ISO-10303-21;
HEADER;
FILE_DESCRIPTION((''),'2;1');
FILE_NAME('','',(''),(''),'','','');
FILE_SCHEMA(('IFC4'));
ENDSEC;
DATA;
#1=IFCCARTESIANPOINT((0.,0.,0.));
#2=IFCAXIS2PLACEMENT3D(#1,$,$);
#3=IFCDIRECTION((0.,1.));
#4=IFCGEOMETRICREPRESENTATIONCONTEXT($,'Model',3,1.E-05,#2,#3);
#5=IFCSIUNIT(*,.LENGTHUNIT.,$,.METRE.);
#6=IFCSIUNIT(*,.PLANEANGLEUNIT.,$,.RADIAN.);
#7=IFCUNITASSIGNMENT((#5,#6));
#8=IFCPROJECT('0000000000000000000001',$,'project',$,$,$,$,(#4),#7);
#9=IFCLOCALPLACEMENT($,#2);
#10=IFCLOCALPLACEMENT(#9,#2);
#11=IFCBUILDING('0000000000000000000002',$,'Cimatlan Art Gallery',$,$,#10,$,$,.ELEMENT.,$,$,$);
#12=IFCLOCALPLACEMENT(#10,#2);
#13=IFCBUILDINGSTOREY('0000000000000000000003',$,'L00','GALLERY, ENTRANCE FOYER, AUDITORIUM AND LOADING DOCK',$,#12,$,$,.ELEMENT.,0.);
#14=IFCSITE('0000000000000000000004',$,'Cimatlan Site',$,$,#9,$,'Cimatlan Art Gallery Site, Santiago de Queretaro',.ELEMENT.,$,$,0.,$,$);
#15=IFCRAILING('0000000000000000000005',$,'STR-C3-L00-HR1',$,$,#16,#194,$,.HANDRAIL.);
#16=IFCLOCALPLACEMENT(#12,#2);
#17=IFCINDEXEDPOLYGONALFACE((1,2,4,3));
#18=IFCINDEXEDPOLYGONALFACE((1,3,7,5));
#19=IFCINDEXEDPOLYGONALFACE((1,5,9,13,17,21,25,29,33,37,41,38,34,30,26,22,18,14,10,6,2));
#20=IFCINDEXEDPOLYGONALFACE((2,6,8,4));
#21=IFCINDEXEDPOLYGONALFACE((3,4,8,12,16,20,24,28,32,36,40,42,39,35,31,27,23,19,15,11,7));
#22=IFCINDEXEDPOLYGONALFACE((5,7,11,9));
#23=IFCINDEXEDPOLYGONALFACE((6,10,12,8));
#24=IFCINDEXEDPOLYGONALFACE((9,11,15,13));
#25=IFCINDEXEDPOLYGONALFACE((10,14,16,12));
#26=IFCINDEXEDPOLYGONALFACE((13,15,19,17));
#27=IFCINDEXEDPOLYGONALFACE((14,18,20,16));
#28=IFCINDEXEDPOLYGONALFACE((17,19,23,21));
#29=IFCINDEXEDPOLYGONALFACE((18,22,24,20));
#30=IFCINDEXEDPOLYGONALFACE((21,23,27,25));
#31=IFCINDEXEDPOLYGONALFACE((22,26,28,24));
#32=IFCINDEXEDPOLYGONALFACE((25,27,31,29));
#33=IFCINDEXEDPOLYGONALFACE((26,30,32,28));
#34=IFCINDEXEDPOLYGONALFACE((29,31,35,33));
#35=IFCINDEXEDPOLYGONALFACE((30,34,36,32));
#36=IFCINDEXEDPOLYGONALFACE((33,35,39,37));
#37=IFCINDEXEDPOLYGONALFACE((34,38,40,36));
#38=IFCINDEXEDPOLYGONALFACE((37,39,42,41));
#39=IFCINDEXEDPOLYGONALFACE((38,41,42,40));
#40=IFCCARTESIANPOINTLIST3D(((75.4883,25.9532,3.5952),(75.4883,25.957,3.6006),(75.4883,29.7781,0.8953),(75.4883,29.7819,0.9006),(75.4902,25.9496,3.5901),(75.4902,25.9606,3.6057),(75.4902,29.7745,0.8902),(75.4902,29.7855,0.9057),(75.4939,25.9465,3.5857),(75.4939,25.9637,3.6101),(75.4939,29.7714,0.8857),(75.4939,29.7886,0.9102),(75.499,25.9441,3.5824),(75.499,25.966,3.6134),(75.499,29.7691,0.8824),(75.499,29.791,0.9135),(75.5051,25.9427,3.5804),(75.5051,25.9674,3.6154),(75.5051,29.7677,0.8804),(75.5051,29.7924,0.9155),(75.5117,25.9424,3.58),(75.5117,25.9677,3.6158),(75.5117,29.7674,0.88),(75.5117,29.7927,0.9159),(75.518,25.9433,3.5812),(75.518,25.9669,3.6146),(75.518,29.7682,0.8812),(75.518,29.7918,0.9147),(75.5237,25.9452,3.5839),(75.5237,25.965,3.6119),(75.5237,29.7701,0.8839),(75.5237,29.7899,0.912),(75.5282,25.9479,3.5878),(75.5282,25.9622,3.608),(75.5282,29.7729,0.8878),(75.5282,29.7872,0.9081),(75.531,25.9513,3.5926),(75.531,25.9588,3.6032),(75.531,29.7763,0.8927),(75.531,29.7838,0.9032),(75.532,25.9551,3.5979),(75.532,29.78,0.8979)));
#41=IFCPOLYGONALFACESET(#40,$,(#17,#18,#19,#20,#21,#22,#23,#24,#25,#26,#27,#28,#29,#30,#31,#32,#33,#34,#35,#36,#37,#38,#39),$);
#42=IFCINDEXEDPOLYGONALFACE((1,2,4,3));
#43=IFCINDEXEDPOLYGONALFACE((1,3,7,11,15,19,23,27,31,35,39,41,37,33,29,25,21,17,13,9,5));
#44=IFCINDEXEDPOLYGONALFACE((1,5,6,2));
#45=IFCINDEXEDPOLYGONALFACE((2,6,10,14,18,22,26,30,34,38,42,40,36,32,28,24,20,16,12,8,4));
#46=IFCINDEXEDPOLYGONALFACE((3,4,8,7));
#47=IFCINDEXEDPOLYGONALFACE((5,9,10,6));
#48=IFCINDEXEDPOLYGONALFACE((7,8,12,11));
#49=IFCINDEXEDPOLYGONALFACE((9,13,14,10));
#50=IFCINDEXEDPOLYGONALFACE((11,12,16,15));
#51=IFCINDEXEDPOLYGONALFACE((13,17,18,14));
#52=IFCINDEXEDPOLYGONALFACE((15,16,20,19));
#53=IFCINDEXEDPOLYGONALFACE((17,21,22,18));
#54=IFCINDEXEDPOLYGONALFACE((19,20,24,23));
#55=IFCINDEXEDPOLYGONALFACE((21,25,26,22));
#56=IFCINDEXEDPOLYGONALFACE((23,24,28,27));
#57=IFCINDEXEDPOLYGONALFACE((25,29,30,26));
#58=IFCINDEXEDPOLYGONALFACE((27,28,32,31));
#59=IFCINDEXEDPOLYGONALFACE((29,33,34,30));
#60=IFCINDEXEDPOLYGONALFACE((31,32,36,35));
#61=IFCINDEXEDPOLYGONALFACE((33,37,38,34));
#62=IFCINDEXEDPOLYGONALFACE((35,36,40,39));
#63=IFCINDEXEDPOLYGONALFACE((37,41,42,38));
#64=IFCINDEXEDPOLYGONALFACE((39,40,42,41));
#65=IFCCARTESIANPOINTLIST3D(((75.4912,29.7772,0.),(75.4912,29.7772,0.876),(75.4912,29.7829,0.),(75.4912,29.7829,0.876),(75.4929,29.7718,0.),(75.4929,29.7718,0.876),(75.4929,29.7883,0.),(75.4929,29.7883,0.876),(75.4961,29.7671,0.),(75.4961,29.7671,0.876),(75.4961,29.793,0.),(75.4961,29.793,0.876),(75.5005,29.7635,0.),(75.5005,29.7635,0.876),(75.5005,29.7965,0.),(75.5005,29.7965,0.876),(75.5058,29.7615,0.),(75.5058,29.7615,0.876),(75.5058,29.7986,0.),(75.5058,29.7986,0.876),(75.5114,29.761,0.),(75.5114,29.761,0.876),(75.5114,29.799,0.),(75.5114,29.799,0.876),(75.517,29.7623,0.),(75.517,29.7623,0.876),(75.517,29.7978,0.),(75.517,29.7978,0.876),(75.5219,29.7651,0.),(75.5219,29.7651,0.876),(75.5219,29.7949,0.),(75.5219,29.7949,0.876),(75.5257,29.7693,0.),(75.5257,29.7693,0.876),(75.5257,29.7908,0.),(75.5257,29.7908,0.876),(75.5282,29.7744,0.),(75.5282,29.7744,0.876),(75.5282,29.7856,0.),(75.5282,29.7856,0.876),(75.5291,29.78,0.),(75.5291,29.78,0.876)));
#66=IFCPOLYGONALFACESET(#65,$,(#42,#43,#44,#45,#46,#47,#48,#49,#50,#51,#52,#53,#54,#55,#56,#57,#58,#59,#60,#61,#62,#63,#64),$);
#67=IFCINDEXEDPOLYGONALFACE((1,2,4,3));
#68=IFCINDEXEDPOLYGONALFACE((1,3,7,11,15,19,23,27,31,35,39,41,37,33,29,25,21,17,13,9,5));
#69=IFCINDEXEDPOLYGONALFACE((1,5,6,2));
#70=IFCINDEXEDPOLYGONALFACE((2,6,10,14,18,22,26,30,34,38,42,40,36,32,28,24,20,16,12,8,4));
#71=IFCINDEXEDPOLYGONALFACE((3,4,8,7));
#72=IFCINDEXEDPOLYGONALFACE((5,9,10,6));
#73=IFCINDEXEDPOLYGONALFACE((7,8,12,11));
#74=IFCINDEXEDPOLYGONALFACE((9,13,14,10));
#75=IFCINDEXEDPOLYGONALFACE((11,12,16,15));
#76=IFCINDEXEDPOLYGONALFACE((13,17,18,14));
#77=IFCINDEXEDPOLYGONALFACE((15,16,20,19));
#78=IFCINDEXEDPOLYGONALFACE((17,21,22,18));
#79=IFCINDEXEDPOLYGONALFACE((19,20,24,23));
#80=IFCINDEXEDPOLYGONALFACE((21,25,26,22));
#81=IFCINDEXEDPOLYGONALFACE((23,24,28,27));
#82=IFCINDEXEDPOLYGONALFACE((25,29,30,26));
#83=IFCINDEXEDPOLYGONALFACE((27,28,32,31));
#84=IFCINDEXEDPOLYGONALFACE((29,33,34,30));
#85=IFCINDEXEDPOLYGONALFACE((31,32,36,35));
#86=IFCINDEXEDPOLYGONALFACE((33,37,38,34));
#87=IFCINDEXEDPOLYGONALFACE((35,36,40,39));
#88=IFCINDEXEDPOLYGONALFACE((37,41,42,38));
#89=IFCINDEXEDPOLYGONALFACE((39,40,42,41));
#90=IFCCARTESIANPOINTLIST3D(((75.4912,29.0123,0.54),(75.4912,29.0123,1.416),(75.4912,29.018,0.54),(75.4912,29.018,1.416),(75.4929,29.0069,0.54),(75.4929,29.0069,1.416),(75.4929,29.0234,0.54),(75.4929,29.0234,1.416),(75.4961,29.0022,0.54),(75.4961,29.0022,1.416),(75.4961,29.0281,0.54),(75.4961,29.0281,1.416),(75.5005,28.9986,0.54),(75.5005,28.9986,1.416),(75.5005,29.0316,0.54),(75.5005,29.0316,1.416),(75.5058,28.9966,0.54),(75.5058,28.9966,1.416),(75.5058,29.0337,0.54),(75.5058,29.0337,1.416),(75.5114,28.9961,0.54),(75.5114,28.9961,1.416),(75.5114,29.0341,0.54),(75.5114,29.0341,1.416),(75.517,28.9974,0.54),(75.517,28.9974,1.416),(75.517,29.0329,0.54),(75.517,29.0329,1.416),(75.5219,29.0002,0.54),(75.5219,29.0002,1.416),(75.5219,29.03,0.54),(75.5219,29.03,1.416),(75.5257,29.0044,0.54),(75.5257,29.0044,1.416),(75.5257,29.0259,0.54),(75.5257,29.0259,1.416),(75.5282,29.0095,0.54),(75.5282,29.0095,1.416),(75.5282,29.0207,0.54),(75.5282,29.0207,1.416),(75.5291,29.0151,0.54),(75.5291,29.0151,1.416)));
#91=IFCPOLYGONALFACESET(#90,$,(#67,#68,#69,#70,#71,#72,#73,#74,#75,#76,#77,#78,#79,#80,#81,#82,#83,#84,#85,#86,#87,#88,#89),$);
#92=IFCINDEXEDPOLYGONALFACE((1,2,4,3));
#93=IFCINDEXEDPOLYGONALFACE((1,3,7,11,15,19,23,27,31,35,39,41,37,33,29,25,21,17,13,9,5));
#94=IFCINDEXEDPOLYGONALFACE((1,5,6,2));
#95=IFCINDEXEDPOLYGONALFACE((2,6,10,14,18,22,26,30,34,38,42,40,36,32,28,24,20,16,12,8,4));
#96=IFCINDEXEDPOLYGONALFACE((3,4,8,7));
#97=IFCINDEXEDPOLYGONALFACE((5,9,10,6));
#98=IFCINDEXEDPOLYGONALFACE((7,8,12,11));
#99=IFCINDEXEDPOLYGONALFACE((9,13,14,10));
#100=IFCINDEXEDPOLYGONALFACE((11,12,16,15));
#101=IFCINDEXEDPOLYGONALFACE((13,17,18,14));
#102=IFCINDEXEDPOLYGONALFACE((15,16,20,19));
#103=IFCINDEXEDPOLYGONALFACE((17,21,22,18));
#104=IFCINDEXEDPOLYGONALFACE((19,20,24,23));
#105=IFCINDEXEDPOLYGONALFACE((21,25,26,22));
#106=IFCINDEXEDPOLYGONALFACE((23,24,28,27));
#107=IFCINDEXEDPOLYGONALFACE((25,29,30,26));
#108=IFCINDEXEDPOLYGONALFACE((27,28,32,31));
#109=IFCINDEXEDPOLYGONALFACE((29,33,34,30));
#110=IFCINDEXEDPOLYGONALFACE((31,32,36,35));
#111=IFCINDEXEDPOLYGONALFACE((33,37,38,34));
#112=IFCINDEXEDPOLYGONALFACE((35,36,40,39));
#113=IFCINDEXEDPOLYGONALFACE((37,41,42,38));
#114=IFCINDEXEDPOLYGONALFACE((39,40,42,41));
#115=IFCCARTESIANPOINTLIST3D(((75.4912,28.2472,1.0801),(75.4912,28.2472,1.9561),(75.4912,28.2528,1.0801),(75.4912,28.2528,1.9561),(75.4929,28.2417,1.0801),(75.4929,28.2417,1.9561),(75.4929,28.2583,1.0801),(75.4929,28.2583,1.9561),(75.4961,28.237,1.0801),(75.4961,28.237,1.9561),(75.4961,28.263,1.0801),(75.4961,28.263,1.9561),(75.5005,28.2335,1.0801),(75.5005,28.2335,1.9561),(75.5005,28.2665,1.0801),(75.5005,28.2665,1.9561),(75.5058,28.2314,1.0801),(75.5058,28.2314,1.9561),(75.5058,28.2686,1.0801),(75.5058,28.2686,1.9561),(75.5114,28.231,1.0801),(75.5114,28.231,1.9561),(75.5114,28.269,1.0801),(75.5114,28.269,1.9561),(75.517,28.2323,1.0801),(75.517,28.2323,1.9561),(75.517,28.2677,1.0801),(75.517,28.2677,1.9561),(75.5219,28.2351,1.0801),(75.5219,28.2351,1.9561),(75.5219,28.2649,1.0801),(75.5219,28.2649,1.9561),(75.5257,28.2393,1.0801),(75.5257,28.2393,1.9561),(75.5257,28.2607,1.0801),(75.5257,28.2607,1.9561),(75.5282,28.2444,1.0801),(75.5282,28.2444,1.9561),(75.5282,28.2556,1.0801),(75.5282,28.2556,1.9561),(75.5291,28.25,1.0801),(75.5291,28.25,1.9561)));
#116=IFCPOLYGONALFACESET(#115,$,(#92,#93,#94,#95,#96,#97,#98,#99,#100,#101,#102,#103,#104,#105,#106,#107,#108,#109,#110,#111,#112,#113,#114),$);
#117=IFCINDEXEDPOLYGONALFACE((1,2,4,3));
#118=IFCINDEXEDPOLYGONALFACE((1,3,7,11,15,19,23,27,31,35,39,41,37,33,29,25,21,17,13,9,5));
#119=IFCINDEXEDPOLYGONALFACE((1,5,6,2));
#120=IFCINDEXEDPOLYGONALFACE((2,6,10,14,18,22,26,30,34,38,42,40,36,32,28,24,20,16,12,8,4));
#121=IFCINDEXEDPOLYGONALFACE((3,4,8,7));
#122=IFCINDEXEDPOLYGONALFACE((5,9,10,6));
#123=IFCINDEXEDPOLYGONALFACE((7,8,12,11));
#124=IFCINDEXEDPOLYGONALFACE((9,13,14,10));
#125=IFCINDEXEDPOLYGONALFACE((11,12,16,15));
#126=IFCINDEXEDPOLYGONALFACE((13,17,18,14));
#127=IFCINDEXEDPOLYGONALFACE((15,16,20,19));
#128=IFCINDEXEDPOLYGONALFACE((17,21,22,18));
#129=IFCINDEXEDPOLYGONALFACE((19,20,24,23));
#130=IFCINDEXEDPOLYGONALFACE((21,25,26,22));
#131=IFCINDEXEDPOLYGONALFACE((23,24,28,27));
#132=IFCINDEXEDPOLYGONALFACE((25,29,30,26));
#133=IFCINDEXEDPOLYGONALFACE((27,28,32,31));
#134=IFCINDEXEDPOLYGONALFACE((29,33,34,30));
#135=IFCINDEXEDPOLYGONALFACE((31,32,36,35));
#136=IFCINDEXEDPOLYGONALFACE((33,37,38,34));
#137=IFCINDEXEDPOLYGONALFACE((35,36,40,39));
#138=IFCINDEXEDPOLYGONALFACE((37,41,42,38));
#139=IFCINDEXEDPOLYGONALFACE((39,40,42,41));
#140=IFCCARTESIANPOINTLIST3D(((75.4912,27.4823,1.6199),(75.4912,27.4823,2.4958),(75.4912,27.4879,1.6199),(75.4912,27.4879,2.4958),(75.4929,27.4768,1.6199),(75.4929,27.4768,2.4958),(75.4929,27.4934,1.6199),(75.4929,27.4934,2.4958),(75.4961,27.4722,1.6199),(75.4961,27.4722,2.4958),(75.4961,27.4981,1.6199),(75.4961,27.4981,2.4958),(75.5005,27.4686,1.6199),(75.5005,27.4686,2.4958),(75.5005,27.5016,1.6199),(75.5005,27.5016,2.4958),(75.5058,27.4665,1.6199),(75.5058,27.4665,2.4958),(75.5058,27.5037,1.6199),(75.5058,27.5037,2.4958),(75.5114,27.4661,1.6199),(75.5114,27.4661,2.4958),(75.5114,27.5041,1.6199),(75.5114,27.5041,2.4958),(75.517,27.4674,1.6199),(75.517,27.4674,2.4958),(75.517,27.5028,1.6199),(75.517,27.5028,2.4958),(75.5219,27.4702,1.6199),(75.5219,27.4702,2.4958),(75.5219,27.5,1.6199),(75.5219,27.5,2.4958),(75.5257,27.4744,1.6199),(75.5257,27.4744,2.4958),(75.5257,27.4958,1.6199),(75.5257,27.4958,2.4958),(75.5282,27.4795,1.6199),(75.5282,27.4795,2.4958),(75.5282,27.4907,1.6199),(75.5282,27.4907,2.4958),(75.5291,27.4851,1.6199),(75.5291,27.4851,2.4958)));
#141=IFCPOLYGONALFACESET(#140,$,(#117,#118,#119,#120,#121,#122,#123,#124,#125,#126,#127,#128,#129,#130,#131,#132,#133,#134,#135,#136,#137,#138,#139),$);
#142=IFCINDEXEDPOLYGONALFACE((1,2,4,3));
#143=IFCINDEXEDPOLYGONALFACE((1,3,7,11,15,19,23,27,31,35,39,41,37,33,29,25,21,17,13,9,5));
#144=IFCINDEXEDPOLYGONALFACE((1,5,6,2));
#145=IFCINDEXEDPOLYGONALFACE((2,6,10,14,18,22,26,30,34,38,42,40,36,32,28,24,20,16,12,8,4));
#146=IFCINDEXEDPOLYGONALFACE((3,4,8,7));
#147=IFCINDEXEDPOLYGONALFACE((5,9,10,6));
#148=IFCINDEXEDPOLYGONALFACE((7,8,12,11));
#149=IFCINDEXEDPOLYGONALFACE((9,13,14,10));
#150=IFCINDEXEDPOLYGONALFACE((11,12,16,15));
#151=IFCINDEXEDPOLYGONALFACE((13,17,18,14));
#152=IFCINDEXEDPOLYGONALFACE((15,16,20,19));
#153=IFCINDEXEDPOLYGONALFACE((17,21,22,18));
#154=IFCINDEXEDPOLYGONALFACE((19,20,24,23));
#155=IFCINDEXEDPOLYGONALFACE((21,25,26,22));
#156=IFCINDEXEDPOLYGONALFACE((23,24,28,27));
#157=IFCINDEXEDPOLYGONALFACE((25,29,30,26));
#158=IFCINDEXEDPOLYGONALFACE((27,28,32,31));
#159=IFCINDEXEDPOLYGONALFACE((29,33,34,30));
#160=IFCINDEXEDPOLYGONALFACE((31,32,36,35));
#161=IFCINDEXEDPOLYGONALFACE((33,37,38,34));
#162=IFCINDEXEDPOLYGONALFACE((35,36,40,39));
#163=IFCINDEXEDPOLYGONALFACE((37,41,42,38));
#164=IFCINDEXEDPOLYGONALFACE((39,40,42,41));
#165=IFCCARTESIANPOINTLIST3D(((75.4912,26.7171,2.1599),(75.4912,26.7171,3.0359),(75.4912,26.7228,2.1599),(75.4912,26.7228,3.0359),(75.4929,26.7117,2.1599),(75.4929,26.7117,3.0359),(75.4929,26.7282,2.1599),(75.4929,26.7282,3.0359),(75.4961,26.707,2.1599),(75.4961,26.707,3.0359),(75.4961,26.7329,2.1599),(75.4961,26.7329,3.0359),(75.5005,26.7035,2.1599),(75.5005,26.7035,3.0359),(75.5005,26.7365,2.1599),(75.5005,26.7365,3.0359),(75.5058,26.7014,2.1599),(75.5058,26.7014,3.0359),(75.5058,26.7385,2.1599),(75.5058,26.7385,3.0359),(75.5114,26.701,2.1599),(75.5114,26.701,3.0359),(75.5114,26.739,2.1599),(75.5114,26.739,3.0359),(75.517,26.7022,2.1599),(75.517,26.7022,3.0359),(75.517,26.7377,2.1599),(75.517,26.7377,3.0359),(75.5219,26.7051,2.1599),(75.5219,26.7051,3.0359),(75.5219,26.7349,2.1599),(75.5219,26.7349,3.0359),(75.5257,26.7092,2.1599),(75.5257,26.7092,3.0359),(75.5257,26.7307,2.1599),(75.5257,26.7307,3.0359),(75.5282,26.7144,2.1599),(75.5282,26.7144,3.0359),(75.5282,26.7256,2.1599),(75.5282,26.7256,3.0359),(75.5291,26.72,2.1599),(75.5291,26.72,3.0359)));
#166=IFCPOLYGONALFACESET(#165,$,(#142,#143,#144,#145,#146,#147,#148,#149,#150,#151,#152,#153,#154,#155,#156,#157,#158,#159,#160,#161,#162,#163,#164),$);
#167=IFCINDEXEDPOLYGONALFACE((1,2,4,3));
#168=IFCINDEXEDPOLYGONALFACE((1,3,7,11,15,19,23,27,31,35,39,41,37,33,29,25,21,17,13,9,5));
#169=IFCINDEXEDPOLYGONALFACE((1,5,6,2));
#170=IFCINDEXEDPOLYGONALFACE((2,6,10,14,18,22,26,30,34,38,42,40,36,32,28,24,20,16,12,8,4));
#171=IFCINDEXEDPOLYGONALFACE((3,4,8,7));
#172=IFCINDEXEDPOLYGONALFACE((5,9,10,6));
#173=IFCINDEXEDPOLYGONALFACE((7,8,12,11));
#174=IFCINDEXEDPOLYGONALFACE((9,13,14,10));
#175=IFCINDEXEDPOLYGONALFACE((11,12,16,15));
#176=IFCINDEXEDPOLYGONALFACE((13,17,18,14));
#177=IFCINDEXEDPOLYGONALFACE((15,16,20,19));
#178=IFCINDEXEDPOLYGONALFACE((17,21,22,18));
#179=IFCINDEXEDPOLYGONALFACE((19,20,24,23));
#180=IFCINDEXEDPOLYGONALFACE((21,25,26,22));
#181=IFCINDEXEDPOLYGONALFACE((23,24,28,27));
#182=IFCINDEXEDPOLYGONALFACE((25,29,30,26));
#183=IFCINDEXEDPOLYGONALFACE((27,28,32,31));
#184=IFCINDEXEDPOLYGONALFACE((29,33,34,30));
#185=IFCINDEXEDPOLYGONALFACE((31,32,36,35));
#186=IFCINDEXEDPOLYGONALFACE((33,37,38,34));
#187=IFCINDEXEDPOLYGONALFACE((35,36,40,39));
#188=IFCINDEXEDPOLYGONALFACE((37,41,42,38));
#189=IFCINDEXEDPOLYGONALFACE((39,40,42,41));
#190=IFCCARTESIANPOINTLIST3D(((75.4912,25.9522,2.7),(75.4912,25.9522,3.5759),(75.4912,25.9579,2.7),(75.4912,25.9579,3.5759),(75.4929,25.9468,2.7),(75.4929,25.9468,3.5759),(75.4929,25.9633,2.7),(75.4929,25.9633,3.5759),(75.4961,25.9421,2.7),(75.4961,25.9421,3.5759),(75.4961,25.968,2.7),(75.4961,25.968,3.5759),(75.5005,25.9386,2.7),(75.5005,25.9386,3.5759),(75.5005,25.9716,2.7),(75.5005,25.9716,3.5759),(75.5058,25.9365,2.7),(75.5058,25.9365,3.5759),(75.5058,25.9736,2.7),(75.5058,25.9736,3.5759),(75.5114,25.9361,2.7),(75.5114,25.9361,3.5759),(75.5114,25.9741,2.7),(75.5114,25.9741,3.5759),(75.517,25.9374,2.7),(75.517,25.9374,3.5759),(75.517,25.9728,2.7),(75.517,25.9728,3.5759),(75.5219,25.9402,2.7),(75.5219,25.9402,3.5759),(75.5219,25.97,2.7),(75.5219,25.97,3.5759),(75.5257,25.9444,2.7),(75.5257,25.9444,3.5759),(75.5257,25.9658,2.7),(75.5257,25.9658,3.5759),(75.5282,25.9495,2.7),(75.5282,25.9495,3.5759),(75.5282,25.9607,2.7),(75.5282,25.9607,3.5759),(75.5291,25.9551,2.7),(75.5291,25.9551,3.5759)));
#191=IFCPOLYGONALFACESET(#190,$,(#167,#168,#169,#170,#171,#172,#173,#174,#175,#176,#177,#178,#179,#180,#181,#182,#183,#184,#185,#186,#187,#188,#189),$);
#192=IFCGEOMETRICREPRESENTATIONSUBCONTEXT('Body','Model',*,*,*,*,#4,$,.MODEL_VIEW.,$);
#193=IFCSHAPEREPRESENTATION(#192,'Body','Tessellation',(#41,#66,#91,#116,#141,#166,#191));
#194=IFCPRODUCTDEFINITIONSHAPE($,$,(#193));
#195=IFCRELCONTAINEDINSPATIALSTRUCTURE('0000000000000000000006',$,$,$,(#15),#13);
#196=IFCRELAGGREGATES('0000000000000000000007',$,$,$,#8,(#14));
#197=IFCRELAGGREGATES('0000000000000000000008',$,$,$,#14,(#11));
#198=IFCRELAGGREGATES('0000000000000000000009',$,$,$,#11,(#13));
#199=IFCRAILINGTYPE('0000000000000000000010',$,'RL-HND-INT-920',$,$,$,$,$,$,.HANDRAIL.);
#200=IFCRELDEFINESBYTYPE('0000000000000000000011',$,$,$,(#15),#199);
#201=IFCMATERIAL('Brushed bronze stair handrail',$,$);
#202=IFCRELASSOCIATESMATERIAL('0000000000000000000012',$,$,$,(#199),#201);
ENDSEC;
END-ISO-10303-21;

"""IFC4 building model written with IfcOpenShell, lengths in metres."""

from ifc_helpers import new_model, si_unit, direction, frame, origin, origin_2d, place, context, subcontext, project, spatial, circle, extrude, material, type_object, element, save


model = new_model("IFC4")

# Units and contexts
model_context = context("Model", 3, precision=1e-05, world=origin(), true_north=direction((0.0, 1.0)))
body_context = subcontext(model_context, "Body", "Model", "MODEL_VIEW")
ifc_project = project(units=[si_unit("LENGTHUNIT", "METRE"), si_unit("PLANEANGLEUNIT", "RADIAN")], contexts=[model_context])

# Site, building, storey
site_placement = place(None, origin())
site = spatial("IfcSite", under=ifc_project, at=site_placement, Name="Cimatlan Site", LongName="Cimatlan Art Gallery Site, Santiago de Queretaro", CompositionType="ELEMENT", RefElevation=0.0)
building_placement = place(site_placement, origin())
building = spatial("IfcBuilding", under=site, at=building_placement, Name="Cimatlan Art Gallery", CompositionType="ELEMENT")
storey_placement = place(building_placement, origin())
storey = spatial("IfcBuildingStorey", under=building, at=storey_placement, Name="L00", Description="GALLERY, ENTRANCE FOYER, AUDITORIUM AND LOADING DOCK", CompositionType="ELEMENT", Elevation=0.0)

# Railing
ifc_material_1 = material(Name="Brushed bronze stair handrail")
railing_type_1 = type_object("IfcRailingType", Name="RL-HND-INT-920", PredefinedType="HANDRAIL", material=ifc_material_1)
railing_1_placement = place(storey_placement, frame((75.51, 29.78, 0.0)))
element("IfcRailing", 1, at=railing_1_placement, inside=storey, type_object=railing_type_1, Name="STR-C3-L00-HR1", PredefinedType="HANDRAIL", context=body_context, shape_type="SweptSolid", body=[
    extrude(circle(Radius=0.022, at=origin_2d()), frame((0.0, 0.0, 0.8979), z_axis=(0.0, -0.816969, 0.576681), x_axis=(1.0, 0.0, 0.0)), (0.0, 0.0, 1.0), 4.6819),
    extrude(circle(Radius=0.019, at=origin_2d()), origin(), (0.0, 0.0, 1.0), 0.876),
    extrude(circle(Radius=0.019, at=origin_2d()), frame((0.0, -0.7649, 0.54)), (0.0, 0.0, 1.0), 0.876),
    extrude(circle(Radius=0.019, at=origin_2d()), frame((0.0, -1.53, 1.0801)), (0.0, 0.0, 1.0), 0.876),
    extrude(circle(Radius=0.019, at=origin_2d()), frame((0.0, -2.2949, 1.6199)), (0.0, 0.0, 1.0), 0.876),
    extrude(circle(Radius=0.019, at=origin_2d()), frame((0.0, -3.0601, 2.1599)), (0.0, 0.0, 1.0), 0.876),
    extrude(circle(Radius=0.019, at=origin_2d()), frame((0.0, -3.825, 2.7)), (0.0, 0.0, 1.0), 0.876),
])

save(model, "model.ifc")
